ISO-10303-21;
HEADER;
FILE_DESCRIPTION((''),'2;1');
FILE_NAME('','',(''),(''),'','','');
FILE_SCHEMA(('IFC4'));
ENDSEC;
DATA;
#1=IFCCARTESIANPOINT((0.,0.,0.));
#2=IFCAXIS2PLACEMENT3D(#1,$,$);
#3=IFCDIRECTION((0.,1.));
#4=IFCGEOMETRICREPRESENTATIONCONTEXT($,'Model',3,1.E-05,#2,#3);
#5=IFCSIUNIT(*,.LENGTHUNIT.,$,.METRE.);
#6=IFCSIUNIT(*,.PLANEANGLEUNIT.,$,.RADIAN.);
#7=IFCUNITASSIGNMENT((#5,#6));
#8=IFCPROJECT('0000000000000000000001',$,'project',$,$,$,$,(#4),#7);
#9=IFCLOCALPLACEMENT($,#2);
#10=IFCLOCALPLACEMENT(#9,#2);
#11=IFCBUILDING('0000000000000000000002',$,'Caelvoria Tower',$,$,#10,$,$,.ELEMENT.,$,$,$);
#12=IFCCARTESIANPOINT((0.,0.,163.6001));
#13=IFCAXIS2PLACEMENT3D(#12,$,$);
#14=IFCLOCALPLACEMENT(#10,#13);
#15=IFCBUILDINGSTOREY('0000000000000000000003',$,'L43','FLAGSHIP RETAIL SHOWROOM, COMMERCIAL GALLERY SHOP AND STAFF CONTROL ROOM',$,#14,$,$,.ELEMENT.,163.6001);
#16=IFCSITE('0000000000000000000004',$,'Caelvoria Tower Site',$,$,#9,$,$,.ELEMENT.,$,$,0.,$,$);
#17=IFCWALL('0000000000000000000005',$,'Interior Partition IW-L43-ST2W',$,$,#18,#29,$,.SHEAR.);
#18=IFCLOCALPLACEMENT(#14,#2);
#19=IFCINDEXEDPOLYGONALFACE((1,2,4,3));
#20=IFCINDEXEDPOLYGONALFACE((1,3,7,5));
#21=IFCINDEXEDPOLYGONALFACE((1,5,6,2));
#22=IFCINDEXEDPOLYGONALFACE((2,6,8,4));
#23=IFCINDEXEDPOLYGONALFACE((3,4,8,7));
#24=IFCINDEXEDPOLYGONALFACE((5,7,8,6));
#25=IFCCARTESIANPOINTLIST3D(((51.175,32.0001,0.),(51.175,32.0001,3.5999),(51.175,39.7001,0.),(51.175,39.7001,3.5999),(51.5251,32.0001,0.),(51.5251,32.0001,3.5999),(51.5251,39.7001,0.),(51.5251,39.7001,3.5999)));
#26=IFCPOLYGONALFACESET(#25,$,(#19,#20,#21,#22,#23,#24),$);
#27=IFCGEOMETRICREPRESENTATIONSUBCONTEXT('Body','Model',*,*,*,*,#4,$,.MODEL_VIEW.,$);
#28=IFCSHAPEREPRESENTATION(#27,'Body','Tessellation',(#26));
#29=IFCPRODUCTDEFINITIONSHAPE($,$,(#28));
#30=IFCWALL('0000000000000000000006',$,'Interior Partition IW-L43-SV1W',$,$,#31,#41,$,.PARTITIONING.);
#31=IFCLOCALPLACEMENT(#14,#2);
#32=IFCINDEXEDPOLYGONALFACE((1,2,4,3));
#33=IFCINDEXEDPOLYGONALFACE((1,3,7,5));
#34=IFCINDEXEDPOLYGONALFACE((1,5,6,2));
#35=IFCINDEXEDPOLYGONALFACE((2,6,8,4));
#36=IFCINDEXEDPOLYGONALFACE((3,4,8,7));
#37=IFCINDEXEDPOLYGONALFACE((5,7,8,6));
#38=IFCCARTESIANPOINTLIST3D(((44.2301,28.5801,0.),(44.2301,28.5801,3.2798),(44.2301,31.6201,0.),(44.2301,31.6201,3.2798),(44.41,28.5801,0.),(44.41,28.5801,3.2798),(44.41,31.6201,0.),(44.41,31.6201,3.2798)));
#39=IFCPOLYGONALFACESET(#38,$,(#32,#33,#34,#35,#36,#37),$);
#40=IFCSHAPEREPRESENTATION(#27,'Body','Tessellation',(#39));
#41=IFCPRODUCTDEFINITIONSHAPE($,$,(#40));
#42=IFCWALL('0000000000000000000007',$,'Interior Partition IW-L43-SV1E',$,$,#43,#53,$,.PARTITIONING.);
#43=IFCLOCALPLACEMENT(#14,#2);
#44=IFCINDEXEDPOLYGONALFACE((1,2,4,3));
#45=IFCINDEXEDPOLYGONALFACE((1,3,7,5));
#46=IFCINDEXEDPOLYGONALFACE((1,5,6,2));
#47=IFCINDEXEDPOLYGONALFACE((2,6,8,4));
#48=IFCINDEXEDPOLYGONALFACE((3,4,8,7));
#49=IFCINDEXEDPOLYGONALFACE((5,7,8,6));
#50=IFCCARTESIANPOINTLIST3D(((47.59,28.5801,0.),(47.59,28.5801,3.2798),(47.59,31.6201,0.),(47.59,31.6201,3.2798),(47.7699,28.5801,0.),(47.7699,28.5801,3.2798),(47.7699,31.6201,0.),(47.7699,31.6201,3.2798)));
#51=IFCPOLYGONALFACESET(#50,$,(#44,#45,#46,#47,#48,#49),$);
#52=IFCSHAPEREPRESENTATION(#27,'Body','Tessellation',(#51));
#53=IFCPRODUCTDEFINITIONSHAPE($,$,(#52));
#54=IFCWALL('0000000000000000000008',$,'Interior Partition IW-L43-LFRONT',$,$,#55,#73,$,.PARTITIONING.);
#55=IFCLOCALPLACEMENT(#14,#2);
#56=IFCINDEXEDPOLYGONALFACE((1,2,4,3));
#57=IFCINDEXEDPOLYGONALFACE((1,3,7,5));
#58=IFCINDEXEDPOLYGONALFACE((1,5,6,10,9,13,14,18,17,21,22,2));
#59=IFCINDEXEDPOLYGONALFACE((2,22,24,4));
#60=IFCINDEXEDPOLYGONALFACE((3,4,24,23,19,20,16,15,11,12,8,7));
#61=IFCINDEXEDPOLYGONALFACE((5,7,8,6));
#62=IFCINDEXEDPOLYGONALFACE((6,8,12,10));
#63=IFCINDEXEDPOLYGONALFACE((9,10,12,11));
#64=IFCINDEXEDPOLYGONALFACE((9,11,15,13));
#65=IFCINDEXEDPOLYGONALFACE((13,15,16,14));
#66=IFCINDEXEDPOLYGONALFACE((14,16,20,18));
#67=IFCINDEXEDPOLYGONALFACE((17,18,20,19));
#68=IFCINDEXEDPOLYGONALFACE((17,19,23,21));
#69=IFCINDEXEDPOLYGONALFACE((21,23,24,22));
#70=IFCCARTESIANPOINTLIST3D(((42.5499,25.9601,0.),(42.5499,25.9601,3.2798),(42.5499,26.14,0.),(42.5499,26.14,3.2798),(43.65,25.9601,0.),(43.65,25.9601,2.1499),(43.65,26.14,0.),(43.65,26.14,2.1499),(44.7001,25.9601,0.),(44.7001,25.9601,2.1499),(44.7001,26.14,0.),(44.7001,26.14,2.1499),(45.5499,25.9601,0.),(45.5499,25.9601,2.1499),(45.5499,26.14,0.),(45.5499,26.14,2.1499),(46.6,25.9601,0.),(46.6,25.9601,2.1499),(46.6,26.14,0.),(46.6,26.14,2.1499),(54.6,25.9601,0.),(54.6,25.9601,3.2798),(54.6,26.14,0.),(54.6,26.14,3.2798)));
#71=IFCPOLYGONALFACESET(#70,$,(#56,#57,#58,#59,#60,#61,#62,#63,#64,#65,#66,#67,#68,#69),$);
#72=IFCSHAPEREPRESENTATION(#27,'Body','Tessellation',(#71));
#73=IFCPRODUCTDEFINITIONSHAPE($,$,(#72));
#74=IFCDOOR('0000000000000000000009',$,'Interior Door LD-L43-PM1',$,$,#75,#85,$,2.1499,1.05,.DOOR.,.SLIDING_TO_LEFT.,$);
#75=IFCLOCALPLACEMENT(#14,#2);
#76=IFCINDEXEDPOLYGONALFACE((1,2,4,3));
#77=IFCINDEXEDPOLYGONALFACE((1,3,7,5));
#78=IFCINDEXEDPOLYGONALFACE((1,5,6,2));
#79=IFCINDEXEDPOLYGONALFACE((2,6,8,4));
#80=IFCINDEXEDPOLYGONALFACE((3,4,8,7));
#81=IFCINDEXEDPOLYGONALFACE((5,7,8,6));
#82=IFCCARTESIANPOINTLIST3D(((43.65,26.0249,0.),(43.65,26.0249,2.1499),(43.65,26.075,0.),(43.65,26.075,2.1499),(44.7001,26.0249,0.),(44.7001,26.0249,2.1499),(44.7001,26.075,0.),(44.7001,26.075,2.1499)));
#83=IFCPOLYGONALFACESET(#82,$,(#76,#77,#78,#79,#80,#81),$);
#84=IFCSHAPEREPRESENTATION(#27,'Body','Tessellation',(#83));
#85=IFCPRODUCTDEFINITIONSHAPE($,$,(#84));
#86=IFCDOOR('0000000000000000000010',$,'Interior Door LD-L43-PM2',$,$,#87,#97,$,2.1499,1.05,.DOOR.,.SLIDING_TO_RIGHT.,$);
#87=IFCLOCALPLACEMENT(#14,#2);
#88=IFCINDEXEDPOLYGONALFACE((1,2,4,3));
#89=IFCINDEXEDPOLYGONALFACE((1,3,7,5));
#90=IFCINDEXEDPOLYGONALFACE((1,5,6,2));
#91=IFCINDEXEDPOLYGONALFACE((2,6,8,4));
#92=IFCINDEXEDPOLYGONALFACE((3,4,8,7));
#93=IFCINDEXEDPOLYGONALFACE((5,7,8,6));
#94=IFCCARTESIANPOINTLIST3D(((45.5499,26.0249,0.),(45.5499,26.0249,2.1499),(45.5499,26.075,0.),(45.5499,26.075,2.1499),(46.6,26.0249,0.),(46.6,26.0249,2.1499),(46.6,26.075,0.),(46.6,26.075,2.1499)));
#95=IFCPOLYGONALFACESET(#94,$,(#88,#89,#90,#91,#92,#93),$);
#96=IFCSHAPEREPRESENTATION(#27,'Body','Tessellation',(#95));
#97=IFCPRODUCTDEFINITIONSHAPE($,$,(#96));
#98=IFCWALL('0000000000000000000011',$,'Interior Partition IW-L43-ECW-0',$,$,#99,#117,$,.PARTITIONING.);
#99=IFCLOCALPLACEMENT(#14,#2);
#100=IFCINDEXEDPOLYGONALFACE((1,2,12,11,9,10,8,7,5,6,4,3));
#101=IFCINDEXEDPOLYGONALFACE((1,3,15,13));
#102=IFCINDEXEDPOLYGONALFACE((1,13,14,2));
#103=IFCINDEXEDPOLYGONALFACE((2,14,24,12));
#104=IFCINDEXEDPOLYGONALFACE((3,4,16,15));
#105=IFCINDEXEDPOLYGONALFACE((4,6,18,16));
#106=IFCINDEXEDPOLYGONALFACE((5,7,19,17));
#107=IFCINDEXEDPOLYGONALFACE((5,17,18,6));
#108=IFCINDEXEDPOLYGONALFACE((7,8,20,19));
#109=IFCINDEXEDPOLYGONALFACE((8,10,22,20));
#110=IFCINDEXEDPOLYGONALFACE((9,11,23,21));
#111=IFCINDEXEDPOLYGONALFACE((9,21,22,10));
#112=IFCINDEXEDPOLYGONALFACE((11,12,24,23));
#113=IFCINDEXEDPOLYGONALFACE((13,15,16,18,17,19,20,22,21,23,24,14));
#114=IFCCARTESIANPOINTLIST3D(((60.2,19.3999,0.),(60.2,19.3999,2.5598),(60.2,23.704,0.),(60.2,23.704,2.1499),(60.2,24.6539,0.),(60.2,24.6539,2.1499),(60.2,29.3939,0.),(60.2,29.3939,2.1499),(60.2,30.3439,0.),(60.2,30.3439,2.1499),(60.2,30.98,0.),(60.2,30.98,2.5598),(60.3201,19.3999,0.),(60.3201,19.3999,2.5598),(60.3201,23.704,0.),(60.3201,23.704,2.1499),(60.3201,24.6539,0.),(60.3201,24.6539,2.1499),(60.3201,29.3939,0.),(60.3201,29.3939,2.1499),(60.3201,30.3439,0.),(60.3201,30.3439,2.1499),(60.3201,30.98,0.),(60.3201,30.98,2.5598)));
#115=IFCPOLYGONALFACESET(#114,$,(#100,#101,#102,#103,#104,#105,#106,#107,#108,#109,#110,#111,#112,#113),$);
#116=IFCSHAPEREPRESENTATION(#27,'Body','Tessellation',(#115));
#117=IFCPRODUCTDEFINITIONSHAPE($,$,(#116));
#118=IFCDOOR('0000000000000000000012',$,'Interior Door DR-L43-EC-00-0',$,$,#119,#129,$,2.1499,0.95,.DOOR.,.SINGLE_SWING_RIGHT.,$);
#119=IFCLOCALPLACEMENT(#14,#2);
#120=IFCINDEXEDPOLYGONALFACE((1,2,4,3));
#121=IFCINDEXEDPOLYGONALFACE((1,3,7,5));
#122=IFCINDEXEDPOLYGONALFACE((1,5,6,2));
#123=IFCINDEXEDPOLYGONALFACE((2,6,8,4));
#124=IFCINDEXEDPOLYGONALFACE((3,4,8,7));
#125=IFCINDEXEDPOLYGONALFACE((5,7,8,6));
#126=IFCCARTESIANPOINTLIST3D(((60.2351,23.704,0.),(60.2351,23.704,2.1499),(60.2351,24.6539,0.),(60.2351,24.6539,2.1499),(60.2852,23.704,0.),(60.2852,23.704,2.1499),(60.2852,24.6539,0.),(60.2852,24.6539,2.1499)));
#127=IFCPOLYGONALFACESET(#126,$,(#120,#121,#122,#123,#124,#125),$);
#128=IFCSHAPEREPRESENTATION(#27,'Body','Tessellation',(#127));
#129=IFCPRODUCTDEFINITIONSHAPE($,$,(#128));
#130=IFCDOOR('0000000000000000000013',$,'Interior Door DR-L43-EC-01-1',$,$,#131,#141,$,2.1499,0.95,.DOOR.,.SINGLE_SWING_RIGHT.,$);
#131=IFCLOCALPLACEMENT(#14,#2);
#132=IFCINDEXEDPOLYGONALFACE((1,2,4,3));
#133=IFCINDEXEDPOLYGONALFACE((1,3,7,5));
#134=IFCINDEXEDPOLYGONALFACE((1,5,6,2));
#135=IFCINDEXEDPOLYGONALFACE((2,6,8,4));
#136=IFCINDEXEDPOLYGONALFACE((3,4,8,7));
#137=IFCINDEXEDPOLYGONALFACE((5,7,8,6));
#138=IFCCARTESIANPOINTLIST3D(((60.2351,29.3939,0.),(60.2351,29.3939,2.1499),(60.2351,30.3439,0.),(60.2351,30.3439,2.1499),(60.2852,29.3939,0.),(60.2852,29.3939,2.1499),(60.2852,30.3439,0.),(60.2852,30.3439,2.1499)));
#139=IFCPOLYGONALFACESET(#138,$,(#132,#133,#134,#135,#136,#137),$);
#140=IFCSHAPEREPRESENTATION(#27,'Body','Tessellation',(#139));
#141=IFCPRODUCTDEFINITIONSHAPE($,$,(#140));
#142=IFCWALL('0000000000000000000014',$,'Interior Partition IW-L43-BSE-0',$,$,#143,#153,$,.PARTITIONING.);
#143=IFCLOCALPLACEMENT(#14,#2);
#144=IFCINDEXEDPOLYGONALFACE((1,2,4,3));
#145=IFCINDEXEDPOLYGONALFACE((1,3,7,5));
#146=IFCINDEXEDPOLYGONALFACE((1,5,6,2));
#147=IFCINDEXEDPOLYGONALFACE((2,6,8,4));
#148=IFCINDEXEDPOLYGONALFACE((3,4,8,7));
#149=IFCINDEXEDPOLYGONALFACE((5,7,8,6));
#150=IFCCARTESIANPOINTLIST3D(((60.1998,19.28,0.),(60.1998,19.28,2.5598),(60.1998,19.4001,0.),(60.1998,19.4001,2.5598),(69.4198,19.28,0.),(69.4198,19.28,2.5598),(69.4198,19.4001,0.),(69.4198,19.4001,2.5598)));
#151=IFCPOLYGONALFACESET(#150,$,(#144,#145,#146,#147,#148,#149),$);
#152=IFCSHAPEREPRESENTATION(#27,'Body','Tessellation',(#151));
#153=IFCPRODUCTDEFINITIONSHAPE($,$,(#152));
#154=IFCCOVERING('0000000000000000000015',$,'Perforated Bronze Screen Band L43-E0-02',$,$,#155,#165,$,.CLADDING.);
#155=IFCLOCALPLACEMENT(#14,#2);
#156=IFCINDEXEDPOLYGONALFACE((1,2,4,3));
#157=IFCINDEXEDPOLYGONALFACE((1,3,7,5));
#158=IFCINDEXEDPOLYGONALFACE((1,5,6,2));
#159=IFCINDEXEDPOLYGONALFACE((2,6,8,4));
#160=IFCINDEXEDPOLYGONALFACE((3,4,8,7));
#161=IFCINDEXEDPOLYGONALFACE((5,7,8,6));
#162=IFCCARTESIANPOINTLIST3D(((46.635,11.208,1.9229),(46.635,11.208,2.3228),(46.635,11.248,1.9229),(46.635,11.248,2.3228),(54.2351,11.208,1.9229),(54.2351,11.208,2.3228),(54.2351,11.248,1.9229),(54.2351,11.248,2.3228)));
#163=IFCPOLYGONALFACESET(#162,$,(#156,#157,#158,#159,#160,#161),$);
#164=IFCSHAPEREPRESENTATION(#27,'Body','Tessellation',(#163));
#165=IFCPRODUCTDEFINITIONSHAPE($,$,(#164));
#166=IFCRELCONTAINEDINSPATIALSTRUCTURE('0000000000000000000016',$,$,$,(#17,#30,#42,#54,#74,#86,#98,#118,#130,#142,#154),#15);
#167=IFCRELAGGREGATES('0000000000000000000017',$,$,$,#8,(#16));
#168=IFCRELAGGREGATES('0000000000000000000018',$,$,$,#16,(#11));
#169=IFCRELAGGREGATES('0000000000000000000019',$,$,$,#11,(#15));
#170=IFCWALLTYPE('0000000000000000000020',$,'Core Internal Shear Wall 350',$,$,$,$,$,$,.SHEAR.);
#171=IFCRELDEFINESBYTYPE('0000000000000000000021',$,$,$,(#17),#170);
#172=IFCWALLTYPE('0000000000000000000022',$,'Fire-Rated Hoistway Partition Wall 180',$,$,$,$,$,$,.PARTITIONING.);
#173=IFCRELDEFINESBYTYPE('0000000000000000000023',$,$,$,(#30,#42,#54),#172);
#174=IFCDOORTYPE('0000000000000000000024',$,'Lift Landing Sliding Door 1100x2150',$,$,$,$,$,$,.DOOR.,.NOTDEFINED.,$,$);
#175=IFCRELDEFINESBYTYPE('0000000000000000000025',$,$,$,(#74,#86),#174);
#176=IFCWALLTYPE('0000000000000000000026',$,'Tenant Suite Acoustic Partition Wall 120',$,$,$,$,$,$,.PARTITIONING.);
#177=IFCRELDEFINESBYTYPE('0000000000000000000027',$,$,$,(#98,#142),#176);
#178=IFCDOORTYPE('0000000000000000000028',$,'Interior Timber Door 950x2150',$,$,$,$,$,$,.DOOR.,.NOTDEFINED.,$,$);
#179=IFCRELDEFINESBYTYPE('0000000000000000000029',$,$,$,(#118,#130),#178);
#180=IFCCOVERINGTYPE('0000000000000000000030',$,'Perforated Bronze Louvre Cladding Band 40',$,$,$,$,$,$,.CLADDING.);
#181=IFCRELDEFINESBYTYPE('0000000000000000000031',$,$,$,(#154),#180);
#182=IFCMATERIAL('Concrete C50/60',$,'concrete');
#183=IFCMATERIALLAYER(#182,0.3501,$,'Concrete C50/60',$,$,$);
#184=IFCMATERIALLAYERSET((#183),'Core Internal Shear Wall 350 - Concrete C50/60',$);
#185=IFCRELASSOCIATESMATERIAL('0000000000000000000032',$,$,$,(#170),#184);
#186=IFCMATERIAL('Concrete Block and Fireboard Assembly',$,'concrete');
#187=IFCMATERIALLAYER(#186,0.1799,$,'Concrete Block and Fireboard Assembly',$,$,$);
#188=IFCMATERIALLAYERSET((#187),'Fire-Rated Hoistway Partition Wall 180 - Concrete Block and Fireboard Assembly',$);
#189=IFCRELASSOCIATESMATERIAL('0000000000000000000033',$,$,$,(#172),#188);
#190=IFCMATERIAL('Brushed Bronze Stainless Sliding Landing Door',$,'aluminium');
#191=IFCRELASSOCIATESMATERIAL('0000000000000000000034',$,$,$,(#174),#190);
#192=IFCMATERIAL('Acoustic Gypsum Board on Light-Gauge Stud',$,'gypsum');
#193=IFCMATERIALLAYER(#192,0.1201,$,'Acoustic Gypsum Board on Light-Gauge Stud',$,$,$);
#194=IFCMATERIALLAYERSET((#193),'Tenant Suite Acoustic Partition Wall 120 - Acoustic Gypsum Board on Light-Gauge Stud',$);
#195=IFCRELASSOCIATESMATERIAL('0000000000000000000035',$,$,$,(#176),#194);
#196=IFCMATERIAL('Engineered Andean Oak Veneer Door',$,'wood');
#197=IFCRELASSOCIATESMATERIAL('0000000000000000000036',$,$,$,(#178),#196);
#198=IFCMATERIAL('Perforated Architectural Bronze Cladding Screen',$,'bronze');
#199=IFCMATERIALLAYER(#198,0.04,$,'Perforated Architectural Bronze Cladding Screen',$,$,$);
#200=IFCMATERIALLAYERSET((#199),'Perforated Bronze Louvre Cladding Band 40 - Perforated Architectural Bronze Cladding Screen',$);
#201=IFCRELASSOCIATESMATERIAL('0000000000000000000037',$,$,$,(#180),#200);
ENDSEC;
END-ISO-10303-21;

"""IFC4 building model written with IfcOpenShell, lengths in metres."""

from ifc_helpers import new_model, si_unit, direction, frame, frame_2d, origin, origin_2d, place, context, subcontext, project, spatial, rectangle, extrude, material, layer, layer_set, type_object, element, fill, save


model = new_model("IFC4")

# Units and contexts
model_context = context("Model", 3, precision=1e-05, world=origin(), true_north=direction((0.0, 1.0)))
body_context = subcontext(model_context, "Body", "Model", "MODEL_VIEW")
ifc_project = project(units=[si_unit("LENGTHUNIT", "METRE"), si_unit("PLANEANGLEUNIT", "RADIAN")], contexts=[model_context])

# Site, building, storey
site_placement = place(None, origin())
site = spatial("IfcSite", under=ifc_project, at=site_placement, Name="Caelvoria Tower Site", CompositionType="ELEMENT", RefElevation=0.0)
building_placement = place(site_placement, origin())
building = spatial("IfcBuilding", under=site, at=building_placement, Name="Caelvoria Tower", CompositionType="ELEMENT")
storey_placement = place(building_placement, frame((0.0, 0.0, 163.6001)))
storey = spatial("IfcBuildingStorey", under=building, at=storey_placement, Name="L43", Description="FLAGSHIP RETAIL SHOWROOM, COMMERCIAL GALLERY SHOP AND STAFF CONTROL ROOM", CompositionType="ELEMENT", Elevation=163.6001)

# Walls
ifc_material_1 = material(Name="Concrete C50/60", Category="concrete")
ifc_layer_1 = layer(ifc_material_1, 0.3501, Name="Concrete C50/60")
ifc_layer_set_1 = layer_set([ifc_layer_1], Name="Core Internal Shear Wall 350 - Concrete C50/60")
wall_type_1 = type_object("IfcWallType", Name="Core Internal Shear Wall 350", PredefinedType="SHEAR", material=ifc_layer_set_1)
wall_1_placement = place(storey_placement, frame((51.3501, 32.0, 0.0), z_axis=(0.0, 0.0, 1.0), x_axis=(0.0, 1.0, 0.0)))
element("IfcWall", 1, at=wall_1_placement, inside=storey, type_object=wall_type_1, Name="Interior Partition IW-L43-ST2W", PredefinedType="SHEAR", context=body_context, shape_type="SweptSolid", body=[
    extrude(rectangle(XDim=7.7, YDim=0.3501, at=frame_2d((3.8501, 0.0))), origin(), (0.0, 0.0, 1.0), 3.5999),
])
ifc_material_2 = material(Name="Concrete Block and Fireboard Assembly", Category="concrete")
ifc_layer_2 = layer(ifc_material_2, 0.1799, Name="Concrete Block and Fireboard Assembly")
ifc_layer_set_2 = layer_set([ifc_layer_2], Name="Fire-Rated Hoistway Partition Wall 180 - Concrete Block and Fireboard Assembly")
wall_type_2 = type_object("IfcWallType", Name="Fire-Rated Hoistway Partition Wall 180", PredefinedType="PARTITIONING", material=ifc_layer_set_2)
for number, where, z_axis, x_axis, name in (
    (2, (44.3201, 28.5801, 0.0), (0.0, 0.0, 1.0), (0.0, 1.0, 0.0), "Interior Partition IW-L43-SV1W"),
    (3, (47.6799, 28.5801, 0.0), (0.0, 0.0, 1.0), (0.0, 1.0, 0.0), "Interior Partition IW-L43-SV1E"),
):
    element("IfcWall", number, at=place(storey_placement, frame(where, z_axis=z_axis, x_axis=x_axis)), inside=storey, type_object=wall_type_2, Name=name, PredefinedType="PARTITIONING", context=body_context, shape_type="SweptSolid", body=[
        extrude(rectangle(XDim=3.04, YDim=0.1799, at=frame_2d((1.52, 0.0))), origin(), (0.0, 0.0, 1.0), 3.2798),
    ])

# Wall, openings, doors
wall_2_placement = place(storey_placement, frame((42.55, 26.05, 0.0), z_axis=(0.0, 0.0, 1.0), x_axis=(1.0, 0.0, 0.0)))
wall_2 = element("IfcWall", 4, at=wall_2_placement, inside=storey, type_object=wall_type_2, Name="Interior Partition IW-L43-LFRONT", PredefinedType="PARTITIONING", context=body_context, shape_type="SweptSolid", body=[
    extrude(rectangle(XDim=12.05, YDim=0.1799, at=frame_2d((6.0249, 0.0))), origin(), (0.0, 0.0, 1.0), 3.2798),
])
opening_1_placement = place(wall_2_placement, frame((1.1001, 0.0, 0.0)))
opening_1 = element("IfcOpeningElement", 5, at=opening_1_placement, cuts=wall_2, PredefinedType="OPENING", context=body_context, shape_type="SweptSolid", body=[
    extrude(rectangle(XDim=1.05, YDim=2.1499, at=frame_2d((0.5249, 1.075))), frame((0.0, 0.0999, 0.0), z_axis=(0.0, -1.0, 0.0), x_axis=(1.0, 0.0, 0.0)), (0.0, 0.0, 1.0), 0.2),
])
opening_2_placement = place(wall_2_placement, frame((3.0, 0.0, 0.0)))
opening_2 = element("IfcOpeningElement", 6, at=opening_2_placement, cuts=wall_2, PredefinedType="OPENING", context=body_context, shape_type="SweptSolid", body=[
    extrude(rectangle(XDim=1.05, YDim=2.1499, at=frame_2d((0.5249, 1.075))), frame((0.0, 0.0999, 0.0), z_axis=(0.0, -1.0, 0.0), x_axis=(1.0, 0.0, 0.0)), (0.0, 0.0, 1.0), 0.2),
])
ifc_material_3 = material(Name="Brushed Bronze Stainless Sliding Landing Door", Category="aluminium")
door_type_1 = type_object("IfcDoorType", Name="Lift Landing Sliding Door 1100x2150", OperationType="NOTDEFINED", PredefinedType="DOOR", material=ifc_material_3)
door_1_placement = place(opening_1_placement, origin())
door_1 = element("IfcDoor", 7, at=door_1_placement, inside=storey, type_object=door_type_1, Name="Interior Door LD-L43-PM1", OperationType="SLIDING_TO_LEFT", OverallHeight=2.1499, OverallWidth=1.05, PredefinedType="DOOR", context=body_context, shape_type="SweptSolid", body=[
    extrude(rectangle(XDim=1.05, YDim=2.1499, at=frame_2d((0.5249, 1.075))), frame((0.0, 0.0249, 0.0), z_axis=(0.0, -1.0, 0.0), x_axis=(1.0, 0.0, 0.0)), (0.0, 0.0, 1.0), 0.05),
])
fill(opening_1, door_1)
door_2_placement = place(opening_2_placement, origin())
door_2 = element("IfcDoor", 8, at=door_2_placement, inside=storey, type_object=door_type_1, Name="Interior Door LD-L43-PM2", OperationType="SLIDING_TO_RIGHT", OverallHeight=2.1499, OverallWidth=1.05, PredefinedType="DOOR", context=body_context, shape_type="SweptSolid", body=[
    extrude(rectangle(XDim=1.05, YDim=2.1499, at=frame_2d((0.5249, 1.075))), frame((0.0, 0.0249, 0.0), z_axis=(0.0, -1.0, 0.0), x_axis=(1.0, 0.0, 0.0)), (0.0, 0.0, 1.0), 0.05),
])
fill(opening_2, door_2)

# Wall, openings, doors
ifc_material_4 = material(Name="Acoustic Gypsum Board on Light-Gauge Stud", Category="gypsum")
ifc_layer_3 = layer(ifc_material_4, 0.1201, Name="Acoustic Gypsum Board on Light-Gauge Stud")
ifc_layer_set_3 = layer_set([ifc_layer_3], Name="Tenant Suite Acoustic Partition Wall 120 - Acoustic Gypsum Board on Light-Gauge Stud")
wall_type_3 = type_object("IfcWallType", Name="Tenant Suite Acoustic Partition Wall 120", PredefinedType="PARTITIONING", material=ifc_layer_set_3)
wall_3_placement = place(storey_placement, frame((60.26, 19.3999, 0.0), z_axis=(0.0, 0.0, 1.0), x_axis=(0.0, 1.0, 0.0)))
wall_3 = element("IfcWall", 9, at=wall_3_placement, inside=storey, type_object=wall_type_3, Name="Interior Partition IW-L43-ECW-0", PredefinedType="PARTITIONING", context=body_context, shape_type="SweptSolid", body=[
    extrude(rectangle(XDim=11.5801, YDim=0.1201, at=frame_2d((5.79, 0.0))), origin(), (0.0, 0.0, 1.0), 2.5598),
])
opening_3_placement = place(wall_3_placement, frame((4.304, 0.0, 0.0)))
opening_3 = element("IfcOpeningElement", 10, at=opening_3_placement, cuts=wall_3, PredefinedType="OPENING", context=body_context, shape_type="SweptSolid", body=[
    extrude(rectangle(XDim=0.95, YDim=2.1499, at=frame_2d((0.4751, 1.075))), frame((0.0, 0.0701, 0.0), z_axis=(0.0, -1.0, 0.0), x_axis=(1.0, 0.0, 0.0)), (0.0, 0.0, 1.0), 0.1401),
])
opening_4_placement = place(wall_3_placement, frame((9.9939, 0.0, 0.0)))
opening_4 = element("IfcOpeningElement", 11, at=opening_4_placement, cuts=wall_3, PredefinedType="OPENING", context=body_context, shape_type="SweptSolid", body=[
    extrude(rectangle(XDim=0.95, YDim=2.1499, at=frame_2d((0.4751, 1.075))), frame((0.0, 0.0701, 0.0), z_axis=(0.0, -1.0, 0.0), x_axis=(1.0, 0.0, 0.0)), (0.0, 0.0, 1.0), 0.1401),
])
ifc_material_5 = material(Name="Engineered Andean Oak Veneer Door", Category="wood")
door_type_2 = type_object("IfcDoorType", Name="Interior Timber Door 950x2150", OperationType="NOTDEFINED", PredefinedType="DOOR", material=ifc_material_5)
door_3_placement = place(opening_3_placement, origin())
door_3 = element("IfcDoor", 12, at=door_3_placement, inside=storey, type_object=door_type_2, Name="Interior Door DR-L43-EC-00-0", OperationType="SINGLE_SWING_RIGHT", OverallHeight=2.1499, OverallWidth=0.95, PredefinedType="DOOR", context=body_context, shape_type="SweptSolid", body=[
    extrude(rectangle(XDim=0.95, YDim=2.1499, at=frame_2d((0.4751, 1.075))), frame((0.0, 0.0249, 0.0), z_axis=(0.0, -1.0, 0.0), x_axis=(1.0, 0.0, 0.0)), (0.0, 0.0, 1.0), 0.05),
])
fill(opening_3, door_3)
door_4_placement = place(opening_4_placement, origin())
door_4 = element("IfcDoor", 13, at=door_4_placement, inside=storey, type_object=door_type_2, Name="Interior Door DR-L43-EC-01-1", OperationType="SINGLE_SWING_RIGHT", OverallHeight=2.1499, OverallWidth=0.95, PredefinedType="DOOR", context=body_context, shape_type="SweptSolid", body=[
    extrude(rectangle(XDim=0.95, YDim=2.1499, at=frame_2d((0.4751, 1.075))), frame((0.0, 0.0249, 0.0), z_axis=(0.0, -1.0, 0.0), x_axis=(1.0, 0.0, 0.0)), (0.0, 0.0, 1.0), 0.05),
])
fill(opening_4, door_4)

# Wall
wall_4_placement = place(storey_placement, frame((60.2, 19.3401, 0.0), z_axis=(0.0, 0.0, 1.0), x_axis=(1.0, 0.0, 0.0)))
element("IfcWall", 14, at=wall_4_placement, inside=storey, type_object=wall_type_3, Name="Interior Partition IW-L43-BSE-0", PredefinedType="PARTITIONING", context=body_context, shape_type="SweptSolid", body=[
    extrude(rectangle(XDim=9.22, YDim=0.1201, at=frame_2d((4.6099, 0.0))), origin(), (0.0, 0.0, 1.0), 2.5598),
])

# Covering
ifc_material_6 = material(Name="Perforated Architectural Bronze Cladding Screen", Category="bronze")
ifc_layer_4 = layer(ifc_material_6, 0.04, Name="Perforated Architectural Bronze Cladding Screen")
ifc_layer_set_4 = layer_set([ifc_layer_4], Name="Perforated Bronze Louvre Cladding Band 40 - Perforated Architectural Bronze Cladding Screen")
covering_type = type_object("IfcCoveringType", Name="Perforated Bronze Louvre Cladding Band 40", PredefinedType="CLADDING", material=ifc_layer_set_4)
for number, where, z_axis, x_axis, name in (
    (15, (50.4351, 11.228, 1.9229), (0.0, 0.0, 1.0), (1.0, 0.0, 0.0), "Perforated Bronze Screen Band L43-E0-02"),
):
    element("IfcCovering", number, at=place(storey_placement, frame(where, z_axis=z_axis, x_axis=x_axis)), inside=storey, type_object=covering_type, Name=name, PredefinedType="CLADDING", context=body_context, shape_type="SweptSolid", body=[
        extrude(rectangle(XDim=7.6001, YDim=0.04, at=origin_2d()), origin(), (0.0, 0.0, 1.0), 0.3999),
    ])

save(model, "model.ifc")
